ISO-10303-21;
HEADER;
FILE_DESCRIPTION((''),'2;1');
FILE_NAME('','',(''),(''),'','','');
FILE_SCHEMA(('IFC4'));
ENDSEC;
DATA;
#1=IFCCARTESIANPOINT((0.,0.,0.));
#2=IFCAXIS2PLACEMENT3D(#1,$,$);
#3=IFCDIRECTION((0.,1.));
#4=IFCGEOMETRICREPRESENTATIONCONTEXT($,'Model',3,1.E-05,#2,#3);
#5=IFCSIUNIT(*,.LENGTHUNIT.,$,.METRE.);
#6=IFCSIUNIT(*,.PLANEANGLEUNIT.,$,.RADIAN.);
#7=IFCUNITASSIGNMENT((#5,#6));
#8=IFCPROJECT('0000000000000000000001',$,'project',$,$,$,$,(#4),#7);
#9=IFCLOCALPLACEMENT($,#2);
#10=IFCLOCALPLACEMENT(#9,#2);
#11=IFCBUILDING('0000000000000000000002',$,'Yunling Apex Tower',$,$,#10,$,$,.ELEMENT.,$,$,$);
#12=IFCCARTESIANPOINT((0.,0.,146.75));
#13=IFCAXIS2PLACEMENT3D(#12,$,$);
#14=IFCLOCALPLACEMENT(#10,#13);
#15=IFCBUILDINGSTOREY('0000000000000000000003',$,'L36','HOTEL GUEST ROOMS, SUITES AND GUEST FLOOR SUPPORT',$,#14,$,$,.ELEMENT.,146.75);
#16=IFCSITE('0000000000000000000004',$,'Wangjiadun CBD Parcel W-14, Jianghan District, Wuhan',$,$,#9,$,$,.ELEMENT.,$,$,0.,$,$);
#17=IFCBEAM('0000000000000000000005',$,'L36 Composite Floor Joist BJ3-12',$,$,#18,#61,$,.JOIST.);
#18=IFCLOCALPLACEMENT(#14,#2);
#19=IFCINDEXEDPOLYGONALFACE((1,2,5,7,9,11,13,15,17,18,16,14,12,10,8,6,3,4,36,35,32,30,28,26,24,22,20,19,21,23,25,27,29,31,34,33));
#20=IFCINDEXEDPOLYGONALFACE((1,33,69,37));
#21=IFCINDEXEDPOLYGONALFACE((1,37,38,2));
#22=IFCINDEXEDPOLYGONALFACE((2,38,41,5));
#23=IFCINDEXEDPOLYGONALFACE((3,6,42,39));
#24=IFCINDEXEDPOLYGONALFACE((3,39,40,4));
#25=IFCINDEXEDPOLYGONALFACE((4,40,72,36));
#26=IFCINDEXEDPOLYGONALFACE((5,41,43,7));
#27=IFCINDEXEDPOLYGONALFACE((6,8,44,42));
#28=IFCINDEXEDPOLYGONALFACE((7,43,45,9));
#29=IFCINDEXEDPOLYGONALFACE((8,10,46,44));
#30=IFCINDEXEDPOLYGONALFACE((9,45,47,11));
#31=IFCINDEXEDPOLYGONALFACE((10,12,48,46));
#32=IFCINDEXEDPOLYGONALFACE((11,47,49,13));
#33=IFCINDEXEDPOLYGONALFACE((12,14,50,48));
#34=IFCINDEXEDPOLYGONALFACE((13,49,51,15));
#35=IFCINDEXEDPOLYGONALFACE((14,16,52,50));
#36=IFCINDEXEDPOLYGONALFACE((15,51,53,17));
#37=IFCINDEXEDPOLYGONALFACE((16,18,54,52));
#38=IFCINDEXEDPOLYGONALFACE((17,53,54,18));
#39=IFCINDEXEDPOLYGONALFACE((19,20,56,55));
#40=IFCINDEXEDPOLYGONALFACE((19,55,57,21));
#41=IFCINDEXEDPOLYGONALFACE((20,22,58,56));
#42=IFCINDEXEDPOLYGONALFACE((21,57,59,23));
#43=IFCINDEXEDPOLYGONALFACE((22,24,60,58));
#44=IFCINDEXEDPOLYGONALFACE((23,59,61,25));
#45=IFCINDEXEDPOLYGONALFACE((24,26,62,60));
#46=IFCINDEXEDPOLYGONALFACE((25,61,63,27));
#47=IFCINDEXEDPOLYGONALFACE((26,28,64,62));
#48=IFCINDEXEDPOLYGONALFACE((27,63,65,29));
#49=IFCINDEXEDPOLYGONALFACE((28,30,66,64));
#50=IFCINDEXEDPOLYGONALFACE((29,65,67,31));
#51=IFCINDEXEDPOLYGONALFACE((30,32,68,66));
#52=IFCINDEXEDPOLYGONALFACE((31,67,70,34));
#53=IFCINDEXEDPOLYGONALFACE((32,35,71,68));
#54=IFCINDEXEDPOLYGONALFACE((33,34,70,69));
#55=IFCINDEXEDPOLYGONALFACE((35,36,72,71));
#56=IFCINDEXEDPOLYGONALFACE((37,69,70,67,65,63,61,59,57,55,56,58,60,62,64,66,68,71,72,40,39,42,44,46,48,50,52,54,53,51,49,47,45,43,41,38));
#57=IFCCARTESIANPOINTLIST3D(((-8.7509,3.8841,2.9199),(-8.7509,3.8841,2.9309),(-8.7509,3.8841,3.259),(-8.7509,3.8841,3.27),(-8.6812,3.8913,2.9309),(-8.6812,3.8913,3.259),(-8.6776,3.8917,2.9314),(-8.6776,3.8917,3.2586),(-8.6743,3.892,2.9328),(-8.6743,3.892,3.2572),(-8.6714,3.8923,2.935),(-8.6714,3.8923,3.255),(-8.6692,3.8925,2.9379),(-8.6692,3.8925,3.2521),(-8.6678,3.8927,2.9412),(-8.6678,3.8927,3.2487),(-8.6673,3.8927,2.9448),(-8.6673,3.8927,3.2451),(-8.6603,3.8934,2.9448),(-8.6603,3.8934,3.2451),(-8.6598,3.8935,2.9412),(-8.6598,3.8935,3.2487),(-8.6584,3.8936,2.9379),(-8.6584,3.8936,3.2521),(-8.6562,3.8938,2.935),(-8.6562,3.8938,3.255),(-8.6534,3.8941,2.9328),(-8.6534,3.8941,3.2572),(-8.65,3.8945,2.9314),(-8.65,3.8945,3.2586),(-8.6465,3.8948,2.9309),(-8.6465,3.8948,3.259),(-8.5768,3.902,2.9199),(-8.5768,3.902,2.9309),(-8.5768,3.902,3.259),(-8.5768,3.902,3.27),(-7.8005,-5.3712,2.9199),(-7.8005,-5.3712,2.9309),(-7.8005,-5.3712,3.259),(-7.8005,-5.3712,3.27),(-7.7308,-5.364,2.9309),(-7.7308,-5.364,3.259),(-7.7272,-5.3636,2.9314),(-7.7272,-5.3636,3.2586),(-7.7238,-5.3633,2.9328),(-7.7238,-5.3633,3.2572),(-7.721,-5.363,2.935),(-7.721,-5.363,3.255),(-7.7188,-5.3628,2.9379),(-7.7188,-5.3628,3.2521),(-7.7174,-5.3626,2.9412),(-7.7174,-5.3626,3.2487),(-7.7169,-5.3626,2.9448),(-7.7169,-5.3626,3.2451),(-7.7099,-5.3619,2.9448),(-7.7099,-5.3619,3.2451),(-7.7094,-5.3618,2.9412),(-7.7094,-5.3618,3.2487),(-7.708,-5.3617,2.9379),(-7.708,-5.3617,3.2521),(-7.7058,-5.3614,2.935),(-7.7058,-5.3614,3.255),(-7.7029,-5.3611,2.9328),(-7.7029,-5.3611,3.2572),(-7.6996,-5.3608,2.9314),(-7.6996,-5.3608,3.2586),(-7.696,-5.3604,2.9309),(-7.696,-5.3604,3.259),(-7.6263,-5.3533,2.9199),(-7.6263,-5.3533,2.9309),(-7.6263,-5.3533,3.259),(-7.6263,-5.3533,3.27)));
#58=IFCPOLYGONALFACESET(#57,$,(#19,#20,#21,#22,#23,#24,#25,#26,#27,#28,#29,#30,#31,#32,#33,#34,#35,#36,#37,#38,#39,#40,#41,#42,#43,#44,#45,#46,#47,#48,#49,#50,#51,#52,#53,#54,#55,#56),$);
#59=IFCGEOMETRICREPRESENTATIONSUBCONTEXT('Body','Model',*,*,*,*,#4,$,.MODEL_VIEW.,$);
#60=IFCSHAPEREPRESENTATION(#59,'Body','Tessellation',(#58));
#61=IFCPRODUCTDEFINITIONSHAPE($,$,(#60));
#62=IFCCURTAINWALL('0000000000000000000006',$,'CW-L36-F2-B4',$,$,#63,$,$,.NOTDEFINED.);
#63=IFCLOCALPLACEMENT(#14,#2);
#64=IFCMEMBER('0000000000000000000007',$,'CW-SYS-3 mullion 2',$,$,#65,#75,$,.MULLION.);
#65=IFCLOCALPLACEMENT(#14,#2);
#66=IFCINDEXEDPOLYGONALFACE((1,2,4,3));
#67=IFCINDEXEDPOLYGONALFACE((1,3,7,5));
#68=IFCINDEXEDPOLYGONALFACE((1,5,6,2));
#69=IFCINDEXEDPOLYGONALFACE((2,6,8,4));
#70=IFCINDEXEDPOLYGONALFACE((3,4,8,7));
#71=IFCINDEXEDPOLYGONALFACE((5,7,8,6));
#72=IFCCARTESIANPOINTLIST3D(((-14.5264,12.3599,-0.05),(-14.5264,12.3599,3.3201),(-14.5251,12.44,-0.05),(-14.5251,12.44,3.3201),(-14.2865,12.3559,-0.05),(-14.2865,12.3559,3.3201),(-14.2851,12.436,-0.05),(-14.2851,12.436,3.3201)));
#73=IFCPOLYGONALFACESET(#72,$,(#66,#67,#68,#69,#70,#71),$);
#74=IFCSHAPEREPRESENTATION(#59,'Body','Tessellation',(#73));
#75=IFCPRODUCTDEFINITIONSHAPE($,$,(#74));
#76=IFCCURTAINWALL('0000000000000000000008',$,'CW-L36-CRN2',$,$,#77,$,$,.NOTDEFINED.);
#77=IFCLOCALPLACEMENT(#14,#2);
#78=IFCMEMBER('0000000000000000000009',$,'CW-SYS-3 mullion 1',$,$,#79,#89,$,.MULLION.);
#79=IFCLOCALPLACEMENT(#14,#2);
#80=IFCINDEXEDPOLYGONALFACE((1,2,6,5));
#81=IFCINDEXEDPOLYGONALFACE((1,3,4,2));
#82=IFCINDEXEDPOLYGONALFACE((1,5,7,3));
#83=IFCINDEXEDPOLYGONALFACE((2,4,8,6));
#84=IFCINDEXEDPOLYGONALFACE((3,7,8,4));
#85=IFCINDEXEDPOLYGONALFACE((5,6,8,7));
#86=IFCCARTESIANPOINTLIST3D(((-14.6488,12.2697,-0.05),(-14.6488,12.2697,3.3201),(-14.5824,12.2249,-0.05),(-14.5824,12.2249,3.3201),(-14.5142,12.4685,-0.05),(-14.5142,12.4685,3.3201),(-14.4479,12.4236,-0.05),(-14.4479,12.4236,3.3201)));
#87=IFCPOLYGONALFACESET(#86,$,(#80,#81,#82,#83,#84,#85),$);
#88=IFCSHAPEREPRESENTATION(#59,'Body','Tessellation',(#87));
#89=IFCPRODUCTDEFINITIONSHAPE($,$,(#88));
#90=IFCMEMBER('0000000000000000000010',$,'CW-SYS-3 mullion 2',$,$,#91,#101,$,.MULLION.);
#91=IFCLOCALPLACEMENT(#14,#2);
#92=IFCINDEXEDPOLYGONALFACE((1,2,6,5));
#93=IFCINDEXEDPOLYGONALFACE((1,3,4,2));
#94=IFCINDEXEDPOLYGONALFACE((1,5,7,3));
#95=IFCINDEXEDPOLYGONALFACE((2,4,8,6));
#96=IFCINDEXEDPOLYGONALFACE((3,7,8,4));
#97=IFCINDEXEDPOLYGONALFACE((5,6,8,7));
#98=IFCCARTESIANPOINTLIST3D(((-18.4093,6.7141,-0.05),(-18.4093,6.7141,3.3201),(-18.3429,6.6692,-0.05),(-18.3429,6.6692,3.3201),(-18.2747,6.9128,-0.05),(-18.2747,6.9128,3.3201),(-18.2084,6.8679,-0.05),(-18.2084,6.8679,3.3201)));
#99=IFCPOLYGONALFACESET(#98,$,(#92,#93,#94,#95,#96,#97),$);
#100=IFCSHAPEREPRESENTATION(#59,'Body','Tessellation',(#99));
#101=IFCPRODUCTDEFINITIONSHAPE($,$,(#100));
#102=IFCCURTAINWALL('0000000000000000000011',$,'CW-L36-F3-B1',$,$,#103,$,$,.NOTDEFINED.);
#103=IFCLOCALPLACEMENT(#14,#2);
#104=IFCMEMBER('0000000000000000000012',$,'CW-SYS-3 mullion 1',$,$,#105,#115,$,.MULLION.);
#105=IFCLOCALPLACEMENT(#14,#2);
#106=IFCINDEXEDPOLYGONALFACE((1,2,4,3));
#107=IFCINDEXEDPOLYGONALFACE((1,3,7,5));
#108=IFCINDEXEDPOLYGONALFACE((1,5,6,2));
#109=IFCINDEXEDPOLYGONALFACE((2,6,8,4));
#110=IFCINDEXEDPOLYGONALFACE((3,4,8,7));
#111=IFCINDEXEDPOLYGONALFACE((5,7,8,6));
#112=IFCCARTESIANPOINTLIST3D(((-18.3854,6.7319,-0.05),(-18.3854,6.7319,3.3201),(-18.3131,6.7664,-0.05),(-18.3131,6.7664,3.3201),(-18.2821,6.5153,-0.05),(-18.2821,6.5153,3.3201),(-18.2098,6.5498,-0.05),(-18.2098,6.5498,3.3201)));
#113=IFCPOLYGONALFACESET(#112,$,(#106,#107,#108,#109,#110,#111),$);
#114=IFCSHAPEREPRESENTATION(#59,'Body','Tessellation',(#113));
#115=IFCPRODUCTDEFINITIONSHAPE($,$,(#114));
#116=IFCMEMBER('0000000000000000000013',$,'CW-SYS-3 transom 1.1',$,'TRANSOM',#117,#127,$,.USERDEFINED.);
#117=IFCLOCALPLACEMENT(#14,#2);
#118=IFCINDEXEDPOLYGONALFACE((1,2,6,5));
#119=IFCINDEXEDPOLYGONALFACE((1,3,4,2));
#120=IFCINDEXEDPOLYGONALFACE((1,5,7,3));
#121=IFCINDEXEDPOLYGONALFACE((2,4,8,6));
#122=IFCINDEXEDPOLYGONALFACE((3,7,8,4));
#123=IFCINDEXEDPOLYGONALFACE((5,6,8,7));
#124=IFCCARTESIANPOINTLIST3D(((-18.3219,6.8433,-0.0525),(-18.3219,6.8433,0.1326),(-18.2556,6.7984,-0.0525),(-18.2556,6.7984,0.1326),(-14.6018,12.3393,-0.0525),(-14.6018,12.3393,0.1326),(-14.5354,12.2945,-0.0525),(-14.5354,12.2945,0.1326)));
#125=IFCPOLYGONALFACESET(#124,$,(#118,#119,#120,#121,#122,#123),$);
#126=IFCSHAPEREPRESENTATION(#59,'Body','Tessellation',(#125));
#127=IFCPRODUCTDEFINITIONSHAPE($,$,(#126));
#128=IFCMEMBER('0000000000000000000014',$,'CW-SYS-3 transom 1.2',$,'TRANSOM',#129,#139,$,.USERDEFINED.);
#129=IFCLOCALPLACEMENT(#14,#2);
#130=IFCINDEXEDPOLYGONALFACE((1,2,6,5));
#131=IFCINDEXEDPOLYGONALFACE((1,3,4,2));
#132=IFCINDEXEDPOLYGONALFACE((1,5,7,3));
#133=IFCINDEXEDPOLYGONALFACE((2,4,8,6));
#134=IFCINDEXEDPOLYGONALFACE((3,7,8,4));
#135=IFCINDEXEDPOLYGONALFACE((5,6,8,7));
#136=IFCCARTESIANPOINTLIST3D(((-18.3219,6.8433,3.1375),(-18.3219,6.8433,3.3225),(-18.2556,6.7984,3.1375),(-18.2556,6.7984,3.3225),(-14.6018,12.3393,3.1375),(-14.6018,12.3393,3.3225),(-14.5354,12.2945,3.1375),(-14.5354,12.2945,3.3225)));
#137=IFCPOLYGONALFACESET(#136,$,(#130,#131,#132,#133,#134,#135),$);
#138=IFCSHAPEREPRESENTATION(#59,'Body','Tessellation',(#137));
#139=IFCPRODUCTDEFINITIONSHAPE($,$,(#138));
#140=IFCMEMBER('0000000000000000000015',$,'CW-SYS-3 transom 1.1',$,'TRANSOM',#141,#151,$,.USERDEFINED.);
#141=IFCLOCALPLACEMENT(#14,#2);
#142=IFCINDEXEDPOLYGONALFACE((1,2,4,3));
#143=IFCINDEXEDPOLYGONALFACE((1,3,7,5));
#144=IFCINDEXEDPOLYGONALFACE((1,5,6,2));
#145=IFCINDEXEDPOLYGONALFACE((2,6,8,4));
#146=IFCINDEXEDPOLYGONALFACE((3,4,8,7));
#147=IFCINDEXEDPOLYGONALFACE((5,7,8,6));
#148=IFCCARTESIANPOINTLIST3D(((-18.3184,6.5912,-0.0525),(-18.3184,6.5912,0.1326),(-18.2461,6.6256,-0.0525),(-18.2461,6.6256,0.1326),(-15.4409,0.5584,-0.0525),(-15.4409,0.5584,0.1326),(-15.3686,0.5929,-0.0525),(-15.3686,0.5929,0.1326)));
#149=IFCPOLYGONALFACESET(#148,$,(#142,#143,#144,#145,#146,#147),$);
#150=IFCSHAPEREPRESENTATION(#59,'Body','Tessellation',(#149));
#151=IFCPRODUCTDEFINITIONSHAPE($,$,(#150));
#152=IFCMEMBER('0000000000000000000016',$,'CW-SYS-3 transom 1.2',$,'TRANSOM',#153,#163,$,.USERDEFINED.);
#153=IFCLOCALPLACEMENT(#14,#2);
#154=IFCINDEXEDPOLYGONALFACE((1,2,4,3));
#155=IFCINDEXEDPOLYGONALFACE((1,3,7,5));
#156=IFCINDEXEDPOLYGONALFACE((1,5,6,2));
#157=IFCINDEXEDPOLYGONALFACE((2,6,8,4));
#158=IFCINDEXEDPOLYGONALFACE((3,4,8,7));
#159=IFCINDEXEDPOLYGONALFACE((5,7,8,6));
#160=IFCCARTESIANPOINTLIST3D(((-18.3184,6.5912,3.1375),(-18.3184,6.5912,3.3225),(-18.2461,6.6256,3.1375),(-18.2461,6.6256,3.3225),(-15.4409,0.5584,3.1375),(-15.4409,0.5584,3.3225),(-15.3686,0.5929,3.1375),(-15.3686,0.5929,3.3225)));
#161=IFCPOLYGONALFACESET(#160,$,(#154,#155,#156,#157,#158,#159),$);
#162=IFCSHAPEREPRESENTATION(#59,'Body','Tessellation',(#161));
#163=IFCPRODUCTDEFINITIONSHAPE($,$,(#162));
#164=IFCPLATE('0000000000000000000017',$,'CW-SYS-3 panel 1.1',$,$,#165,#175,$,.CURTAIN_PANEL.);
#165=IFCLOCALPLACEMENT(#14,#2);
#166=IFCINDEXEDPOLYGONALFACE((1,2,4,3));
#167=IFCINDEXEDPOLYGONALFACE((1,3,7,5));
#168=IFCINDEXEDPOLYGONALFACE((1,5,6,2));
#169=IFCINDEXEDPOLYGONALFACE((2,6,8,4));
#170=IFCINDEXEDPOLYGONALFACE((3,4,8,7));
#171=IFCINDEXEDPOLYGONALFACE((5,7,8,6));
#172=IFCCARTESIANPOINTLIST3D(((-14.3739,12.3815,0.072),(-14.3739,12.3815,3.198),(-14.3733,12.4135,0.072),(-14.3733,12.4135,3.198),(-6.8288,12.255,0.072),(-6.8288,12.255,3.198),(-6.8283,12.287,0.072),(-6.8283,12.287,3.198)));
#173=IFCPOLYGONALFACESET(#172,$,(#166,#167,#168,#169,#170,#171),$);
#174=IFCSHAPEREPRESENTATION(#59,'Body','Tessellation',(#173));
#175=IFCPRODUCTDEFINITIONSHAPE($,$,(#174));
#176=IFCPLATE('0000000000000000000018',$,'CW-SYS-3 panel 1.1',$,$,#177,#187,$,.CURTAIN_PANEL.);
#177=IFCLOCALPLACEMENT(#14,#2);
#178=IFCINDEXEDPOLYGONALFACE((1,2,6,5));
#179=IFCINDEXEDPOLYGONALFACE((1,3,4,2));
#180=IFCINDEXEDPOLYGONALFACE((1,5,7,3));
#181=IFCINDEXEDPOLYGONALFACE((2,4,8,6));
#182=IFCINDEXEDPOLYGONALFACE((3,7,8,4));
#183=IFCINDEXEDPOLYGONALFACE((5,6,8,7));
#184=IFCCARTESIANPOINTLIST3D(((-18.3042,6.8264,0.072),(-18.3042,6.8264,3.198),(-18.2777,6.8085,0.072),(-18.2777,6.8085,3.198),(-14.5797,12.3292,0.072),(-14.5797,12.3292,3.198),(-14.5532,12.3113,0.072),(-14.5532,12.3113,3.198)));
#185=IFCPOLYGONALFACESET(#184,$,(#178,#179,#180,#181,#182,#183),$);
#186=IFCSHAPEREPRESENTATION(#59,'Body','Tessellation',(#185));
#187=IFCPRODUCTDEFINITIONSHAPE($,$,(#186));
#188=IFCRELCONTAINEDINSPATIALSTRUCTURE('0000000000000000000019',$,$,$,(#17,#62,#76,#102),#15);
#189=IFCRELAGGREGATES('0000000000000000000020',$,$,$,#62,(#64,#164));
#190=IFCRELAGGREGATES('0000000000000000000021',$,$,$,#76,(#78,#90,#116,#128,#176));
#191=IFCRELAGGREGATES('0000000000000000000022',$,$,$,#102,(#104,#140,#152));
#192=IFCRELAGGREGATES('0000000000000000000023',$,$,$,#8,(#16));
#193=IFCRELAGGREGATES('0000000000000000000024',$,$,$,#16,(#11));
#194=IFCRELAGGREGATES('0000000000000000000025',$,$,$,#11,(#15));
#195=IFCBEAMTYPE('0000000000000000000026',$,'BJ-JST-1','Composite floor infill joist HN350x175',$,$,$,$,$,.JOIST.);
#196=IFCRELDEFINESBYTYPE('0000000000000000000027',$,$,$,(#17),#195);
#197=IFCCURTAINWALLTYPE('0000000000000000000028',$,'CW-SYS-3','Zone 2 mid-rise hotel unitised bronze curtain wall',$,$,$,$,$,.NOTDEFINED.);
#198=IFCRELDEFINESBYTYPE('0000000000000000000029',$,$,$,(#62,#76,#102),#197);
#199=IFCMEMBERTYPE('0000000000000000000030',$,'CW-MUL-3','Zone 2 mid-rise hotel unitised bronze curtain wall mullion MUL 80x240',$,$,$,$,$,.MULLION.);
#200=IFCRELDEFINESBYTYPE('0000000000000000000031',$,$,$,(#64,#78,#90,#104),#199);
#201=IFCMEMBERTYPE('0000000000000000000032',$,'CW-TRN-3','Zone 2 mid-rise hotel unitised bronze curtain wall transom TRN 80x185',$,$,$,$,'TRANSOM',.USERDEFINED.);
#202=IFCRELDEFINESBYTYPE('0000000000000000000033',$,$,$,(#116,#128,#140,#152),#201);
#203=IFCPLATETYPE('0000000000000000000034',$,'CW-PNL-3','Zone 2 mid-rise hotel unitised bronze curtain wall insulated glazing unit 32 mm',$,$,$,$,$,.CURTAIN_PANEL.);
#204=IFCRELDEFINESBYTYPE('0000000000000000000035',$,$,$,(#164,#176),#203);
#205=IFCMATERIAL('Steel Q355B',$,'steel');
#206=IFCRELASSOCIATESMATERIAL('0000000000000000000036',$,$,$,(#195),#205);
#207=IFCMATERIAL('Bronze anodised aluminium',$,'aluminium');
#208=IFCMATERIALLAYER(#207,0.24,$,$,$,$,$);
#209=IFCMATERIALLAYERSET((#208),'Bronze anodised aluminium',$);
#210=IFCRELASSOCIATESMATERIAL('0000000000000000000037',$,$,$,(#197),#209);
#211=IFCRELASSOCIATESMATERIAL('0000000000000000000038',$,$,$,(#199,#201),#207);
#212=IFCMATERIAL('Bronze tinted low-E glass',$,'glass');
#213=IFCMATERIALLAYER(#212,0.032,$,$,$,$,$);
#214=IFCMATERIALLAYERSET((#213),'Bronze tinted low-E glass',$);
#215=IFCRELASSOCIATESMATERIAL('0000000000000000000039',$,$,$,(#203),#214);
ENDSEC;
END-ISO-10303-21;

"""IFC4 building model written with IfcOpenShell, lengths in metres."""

from ifc_helpers import new_model, si_unit, direction, frame, origin, origin_2d, place, context, subcontext, project, spatial, rectangle, i_section, extrude, source, transform, mapped, material, layer, layer_set, material_profile, profile_set, type_object, element, aggregate, save


model = new_model("IFC4")

# Units and contexts
model_context = context("Model", 3, precision=1e-05, world=origin(), true_north=direction((0.0, 1.0)))
body_context = subcontext(model_context, "Body", "Model", "MODEL_VIEW")
ifc_project = project(units=[si_unit("LENGTHUNIT", "METRE"), si_unit("PLANEANGLEUNIT", "RADIAN")], contexts=[model_context])

# Site, building, storey
site_placement = place(None, origin())
site = spatial("IfcSite", under=ifc_project, at=site_placement, Name="Wangjiadun CBD Parcel W-14, Jianghan District, Wuhan", CompositionType="ELEMENT", RefElevation=0.0)
building_placement = place(site_placement, origin())
building = spatial("IfcBuilding", under=site, at=building_placement, Name="Yunling Apex Tower", CompositionType="ELEMENT")
storey_placement = place(building_placement, frame((0.0, 0.0, 146.75)))
storey = spatial("IfcBuildingStorey", under=building, at=storey_placement, Name="L36", Description="HOTEL GUEST ROOMS, SUITES AND GUEST FLOOR SUPPORT", CompositionType="ELEMENT", Elevation=146.75)

# Beam
ifc_material_1 = material(Name="Steel Q355B", Category="steel")
ifc_material_profile_1 = material_profile(ifc_material_1, i_section(OverallWidth=0.175, OverallDepth=0.3501, WebThickness=0.0071, FlangeThickness=0.011, FilletRadius=0.0139, at=origin_2d()))
ifc_profile_set_1 = profile_set([ifc_material_profile_1], Name="Steel Q355B")
beam_type_1 = type_object("IfcBeamType", Name="BJ-JST-1", Description="Composite floor infill joist HN350x175", PredefinedType="JOIST", material=ifc_profile_set_1)
shared_shape_1 = source(origin(), body_context, "Body", "SweptSolid", [
    extrude(i_section(OverallWidth=0.175, OverallDepth=0.3501, WebThickness=0.0071, FlangeThickness=0.011, FilletRadius=0.0139, at=origin_2d()), origin(), (0.0, 0.0, 1.0), 9.304),
])
beam_1_placement = place(storey_placement, frame((-8.6638, 3.8931, 3.095), z_axis=(0.102153, -0.994769, 0.0), x_axis=(0.994769, 0.102153, 0.0)))
element("IfcBeam", 1, at=beam_1_placement, inside=storey, type_object=beam_type_1, Name="L36 Composite Floor Joist BJ3-12", PredefinedType="JOIST", context=body_context, shape_type="MappedRepresentation", body=[
    mapped(shared_shape_1, transform((0.0, 0.0, 0.0), scale=1.0)),
])

# Curtain wall, member
ifc_material_2 = material(Name="Bronze anodised aluminium", Category="aluminium")
ifc_layer_1 = layer(ifc_material_2, 0.24)
ifc_layer_set_1 = layer_set([ifc_layer_1], Name="Bronze anodised aluminium")
curtain_wall_type = type_object("IfcCurtainWallType", Name="CW-SYS-3", Description="Zone 2 mid-rise hotel unitised bronze curtain wall", PredefinedType="NOTDEFINED", material=ifc_layer_set_1)
curtain_wall_1_placement = place(storey_placement, origin())
curtain_wall_1 = element("IfcCurtainWall", 2, at=curtain_wall_1_placement, inside=storey, type_object=curtain_wall_type, Name="CW-L36-F2-B4", PredefinedType="NOTDEFINED")
ifc_material_profile_2 = material_profile(ifc_material_2, rectangle(XDim=0.0801, YDim=0.24, at=origin_2d()))
ifc_profile_set_2 = profile_set([ifc_material_profile_2], Name="Bronze anodised aluminium")
member_type_1 = type_object("IfcMemberType", Name="CW-MUL-3", Description="Zone 2 mid-rise hotel unitised bronze curtain wall mullion MUL 80x240", PredefinedType="MULLION", material=ifc_profile_set_2)
shared_shape_2 = source(origin(), body_context, "Body", "SweptSolid", [
    extrude(rectangle(XDim=0.0801, YDim=0.24, at=origin_2d()), origin(), (0.0, 0.0, 1.0), 3.3701),
])
member_1_placement = place(storey_placement, frame((-14.4058, 12.3979, -0.05), z_axis=(0.0, 0.0, 1.0), x_axis=(-0.016762, -0.99986, 0.0)))
member_1 = element("IfcMember", 3, at=member_1_placement, type_object=member_type_1, Name="CW-SYS-3 mullion 2", PredefinedType="MULLION", context=body_context, shape_type="MappedRepresentation", body=[
    mapped(shared_shape_2, transform((0.0, 0.0, 0.0), scale=1.0)),
])

# Curtain wall, members
curtain_wall_2_placement = place(storey_placement, origin())
curtain_wall_2 = element("IfcCurtainWall", 4, at=curtain_wall_2_placement, inside=storey, type_object=curtain_wall_type, Name="CW-L36-CRN2", PredefinedType="NOTDEFINED")
member_2_placement = place(storey_placement, frame((-14.5483, 12.3467, -0.05), z_axis=(0.0, 0.0, 1.0), x_axis=(0.828139, -0.560523, 0.0)))
member_2 = element("IfcMember", 5, at=member_2_placement, type_object=member_type_1, Name="CW-SYS-3 mullion 1", PredefinedType="MULLION", context=body_context, shape_type="MappedRepresentation", body=[
    mapped(shared_shape_2, transform((0.0, 0.0, 0.0), scale=1.0)),
])
member_3_placement = place(storey_placement, frame((-18.3088, 6.791, -0.05), z_axis=(0.0, 0.0, 1.0), x_axis=(0.828139, -0.560523, 0.0)))
member_3 = element("IfcMember", 6, at=member_3_placement, type_object=member_type_1, Name="CW-SYS-3 mullion 2", PredefinedType="MULLION", context=body_context, shape_type="MappedRepresentation", body=[
    mapped(shared_shape_2, transform((0.0, 0.0, 0.0), scale=1.0)),
])

# Curtain wall, member
curtain_wall_3_placement = place(storey_placement, origin())
curtain_wall_3 = element("IfcCurtainWall", 7, at=curtain_wall_3_placement, inside=storey, type_object=curtain_wall_type, Name="CW-L36-F3-B1", PredefinedType="NOTDEFINED")
member_4_placement = place(storey_placement, frame((-18.2976, 6.6409, -0.05), z_axis=(0.0, 0.0, 1.0), x_axis=(0.902588, 0.430506, 0.0)))
member_4 = element("IfcMember", 8, at=member_4_placement, type_object=member_type_1, Name="CW-SYS-3 mullion 1", PredefinedType="MULLION", context=body_context, shape_type="MappedRepresentation", body=[
    mapped(shared_shape_2, transform((0.0, 0.0, 0.0), scale=1.0)),
])

# Members
ifc_material_profile_3 = material_profile(ifc_material_2, rectangle(XDim=0.0801, YDim=0.1851, at=origin_2d()))
ifc_profile_set_3 = profile_set([ifc_material_profile_3], Name="Bronze anodised aluminium")
member_type_2 = type_object("IfcMemberType", Name="CW-TRN-3", Description="Zone 2 mid-rise hotel unitised bronze curtain wall transom TRN 80x185", ElementType="TRANSOM", PredefinedType="USERDEFINED", material=ifc_profile_set_3)
shared_shape_3 = source(origin(), body_context, "Body", "SweptSolid", [
    extrude(rectangle(XDim=0.0801, YDim=0.1851, at=origin_2d()), origin(), (0.0, 0.0, 1.0), 6.6367),
])
member_5_placement = place(storey_placement, frame((-14.5686, 12.3169, 0.04), z_axis=(-0.560544, -0.828125, 0.0), x_axis=(0.828125, -0.560544, 0.0)))
member_5 = element("IfcMember", 9, at=member_5_placement, type_object=member_type_2, Name="CW-SYS-3 transom 1.1", ObjectType="TRANSOM", PredefinedType="USERDEFINED", context=body_context, shape_type="MappedRepresentation", body=[
    mapped(shared_shape_3, transform((0.0, 0.0, 0.0), scale=1.0)),
])
member_6_placement = place(storey_placement, frame((-14.5686, 12.3169, 3.23), z_axis=(-0.560544, -0.828125, 0.0), x_axis=(0.828125, -0.560544, 0.0)))
member_6 = element("IfcMember", 10, at=member_6_placement, type_object=member_type_2, Name="CW-SYS-3 transom 1.2", ObjectType="TRANSOM", PredefinedType="USERDEFINED", context=body_context, shape_type="MappedRepresentation", body=[
    mapped(shared_shape_3, transform((0.0, 0.0, 0.0), scale=1.0)),
])
shared_shape_4 = source(origin(), body_context, "Body", "SweptSolid", [
    extrude(rectangle(XDim=0.0801, YDim=0.1851, at=origin_2d()), origin(), (0.0, 0.0, 1.0), 6.6838),
])
member_7_placement = place(storey_placement, frame((-18.2822, 6.6084, 0.04), z_axis=(0.430509, -0.902586, 0.0), x_axis=(0.902586, 0.430509, 0.0)))
member_7 = element("IfcMember", 11, at=member_7_placement, type_object=member_type_2, Name="CW-SYS-3 transom 1.1", ObjectType="TRANSOM", PredefinedType="USERDEFINED", context=body_context, shape_type="MappedRepresentation", body=[
    mapped(shared_shape_4, transform((0.0, 0.0, 0.0), scale=1.0)),
])
member_8_placement = place(storey_placement, frame((-18.2822, 6.6084, 3.23), z_axis=(0.430509, -0.902586, 0.0), x_axis=(0.902586, 0.430509, 0.0)))
member_8 = element("IfcMember", 12, at=member_8_placement, type_object=member_type_2, Name="CW-SYS-3 transom 1.2", ObjectType="TRANSOM", PredefinedType="USERDEFINED", context=body_context, shape_type="MappedRepresentation", body=[
    mapped(shared_shape_4, transform((0.0, 0.0, 0.0), scale=1.0)),
])

# Plates
ifc_material_3 = material(Name="Bronze tinted low-E glass", Category="glass")
ifc_layer_2 = layer(ifc_material_3, 0.032)
ifc_layer_set_2 = layer_set([ifc_layer_2], Name="Bronze tinted low-E glass")
plate_type = type_object("IfcPlateType", Name="CW-PNL-3", Description="Zone 2 mid-rise hotel unitised bronze curtain wall insulated glazing unit 32 mm", PredefinedType="CURTAIN_PANEL", material=ifc_layer_set_2)
shared_shape_5 = source(origin(), body_context, "Body", "SweptSolid", [
    extrude(rectangle(XDim=7.5461, YDim=0.032, at=origin_2d()), origin(), (0.0, 0.0, 1.0), 3.126),
])
plate_1_placement = place(storey_placement, frame((-10.6011, 12.3342, 0.072), z_axis=(0.0, 0.0, 1.0), x_axis=(-0.99986, 0.016762, 0.0)))
plate_1 = element("IfcPlate", 13, at=plate_1_placement, type_object=plate_type, Name="CW-SYS-3 panel 1.1", PredefinedType="CURTAIN_PANEL", context=body_context, shape_type="MappedRepresentation", body=[
    mapped(shared_shape_5, transform((0.0, 0.0, 0.0), scale=1.0)),
])
aggregate(curtain_wall_1, [member_1, plate_1])
shared_shape_6 = source(origin(), body_context, "Body", "SweptSolid", [
    extrude(rectangle(XDim=6.6448, YDim=0.032, at=origin_2d()), origin(), (0.0, 0.0, 1.0), 3.126),
])
plate_2_placement = place(storey_placement, frame((-16.4287, 9.5688, 0.072), z_axis=(0.0, 0.0, 1.0), x_axis=(-0.560523, -0.828139, 0.0)))
plate_2 = element("IfcPlate", 14, at=plate_2_placement, type_object=plate_type, Name="CW-SYS-3 panel 1.1", PredefinedType="CURTAIN_PANEL", context=body_context, shape_type="MappedRepresentation", body=[
    mapped(shared_shape_6, transform((0.0, 0.0, 0.0), scale=1.0)),
])
aggregate(curtain_wall_2, [member_2, member_3, member_5, member_6, plate_2])
aggregate(curtain_wall_3, [member_4, member_7, member_8])

save(model, "model.ifc")
